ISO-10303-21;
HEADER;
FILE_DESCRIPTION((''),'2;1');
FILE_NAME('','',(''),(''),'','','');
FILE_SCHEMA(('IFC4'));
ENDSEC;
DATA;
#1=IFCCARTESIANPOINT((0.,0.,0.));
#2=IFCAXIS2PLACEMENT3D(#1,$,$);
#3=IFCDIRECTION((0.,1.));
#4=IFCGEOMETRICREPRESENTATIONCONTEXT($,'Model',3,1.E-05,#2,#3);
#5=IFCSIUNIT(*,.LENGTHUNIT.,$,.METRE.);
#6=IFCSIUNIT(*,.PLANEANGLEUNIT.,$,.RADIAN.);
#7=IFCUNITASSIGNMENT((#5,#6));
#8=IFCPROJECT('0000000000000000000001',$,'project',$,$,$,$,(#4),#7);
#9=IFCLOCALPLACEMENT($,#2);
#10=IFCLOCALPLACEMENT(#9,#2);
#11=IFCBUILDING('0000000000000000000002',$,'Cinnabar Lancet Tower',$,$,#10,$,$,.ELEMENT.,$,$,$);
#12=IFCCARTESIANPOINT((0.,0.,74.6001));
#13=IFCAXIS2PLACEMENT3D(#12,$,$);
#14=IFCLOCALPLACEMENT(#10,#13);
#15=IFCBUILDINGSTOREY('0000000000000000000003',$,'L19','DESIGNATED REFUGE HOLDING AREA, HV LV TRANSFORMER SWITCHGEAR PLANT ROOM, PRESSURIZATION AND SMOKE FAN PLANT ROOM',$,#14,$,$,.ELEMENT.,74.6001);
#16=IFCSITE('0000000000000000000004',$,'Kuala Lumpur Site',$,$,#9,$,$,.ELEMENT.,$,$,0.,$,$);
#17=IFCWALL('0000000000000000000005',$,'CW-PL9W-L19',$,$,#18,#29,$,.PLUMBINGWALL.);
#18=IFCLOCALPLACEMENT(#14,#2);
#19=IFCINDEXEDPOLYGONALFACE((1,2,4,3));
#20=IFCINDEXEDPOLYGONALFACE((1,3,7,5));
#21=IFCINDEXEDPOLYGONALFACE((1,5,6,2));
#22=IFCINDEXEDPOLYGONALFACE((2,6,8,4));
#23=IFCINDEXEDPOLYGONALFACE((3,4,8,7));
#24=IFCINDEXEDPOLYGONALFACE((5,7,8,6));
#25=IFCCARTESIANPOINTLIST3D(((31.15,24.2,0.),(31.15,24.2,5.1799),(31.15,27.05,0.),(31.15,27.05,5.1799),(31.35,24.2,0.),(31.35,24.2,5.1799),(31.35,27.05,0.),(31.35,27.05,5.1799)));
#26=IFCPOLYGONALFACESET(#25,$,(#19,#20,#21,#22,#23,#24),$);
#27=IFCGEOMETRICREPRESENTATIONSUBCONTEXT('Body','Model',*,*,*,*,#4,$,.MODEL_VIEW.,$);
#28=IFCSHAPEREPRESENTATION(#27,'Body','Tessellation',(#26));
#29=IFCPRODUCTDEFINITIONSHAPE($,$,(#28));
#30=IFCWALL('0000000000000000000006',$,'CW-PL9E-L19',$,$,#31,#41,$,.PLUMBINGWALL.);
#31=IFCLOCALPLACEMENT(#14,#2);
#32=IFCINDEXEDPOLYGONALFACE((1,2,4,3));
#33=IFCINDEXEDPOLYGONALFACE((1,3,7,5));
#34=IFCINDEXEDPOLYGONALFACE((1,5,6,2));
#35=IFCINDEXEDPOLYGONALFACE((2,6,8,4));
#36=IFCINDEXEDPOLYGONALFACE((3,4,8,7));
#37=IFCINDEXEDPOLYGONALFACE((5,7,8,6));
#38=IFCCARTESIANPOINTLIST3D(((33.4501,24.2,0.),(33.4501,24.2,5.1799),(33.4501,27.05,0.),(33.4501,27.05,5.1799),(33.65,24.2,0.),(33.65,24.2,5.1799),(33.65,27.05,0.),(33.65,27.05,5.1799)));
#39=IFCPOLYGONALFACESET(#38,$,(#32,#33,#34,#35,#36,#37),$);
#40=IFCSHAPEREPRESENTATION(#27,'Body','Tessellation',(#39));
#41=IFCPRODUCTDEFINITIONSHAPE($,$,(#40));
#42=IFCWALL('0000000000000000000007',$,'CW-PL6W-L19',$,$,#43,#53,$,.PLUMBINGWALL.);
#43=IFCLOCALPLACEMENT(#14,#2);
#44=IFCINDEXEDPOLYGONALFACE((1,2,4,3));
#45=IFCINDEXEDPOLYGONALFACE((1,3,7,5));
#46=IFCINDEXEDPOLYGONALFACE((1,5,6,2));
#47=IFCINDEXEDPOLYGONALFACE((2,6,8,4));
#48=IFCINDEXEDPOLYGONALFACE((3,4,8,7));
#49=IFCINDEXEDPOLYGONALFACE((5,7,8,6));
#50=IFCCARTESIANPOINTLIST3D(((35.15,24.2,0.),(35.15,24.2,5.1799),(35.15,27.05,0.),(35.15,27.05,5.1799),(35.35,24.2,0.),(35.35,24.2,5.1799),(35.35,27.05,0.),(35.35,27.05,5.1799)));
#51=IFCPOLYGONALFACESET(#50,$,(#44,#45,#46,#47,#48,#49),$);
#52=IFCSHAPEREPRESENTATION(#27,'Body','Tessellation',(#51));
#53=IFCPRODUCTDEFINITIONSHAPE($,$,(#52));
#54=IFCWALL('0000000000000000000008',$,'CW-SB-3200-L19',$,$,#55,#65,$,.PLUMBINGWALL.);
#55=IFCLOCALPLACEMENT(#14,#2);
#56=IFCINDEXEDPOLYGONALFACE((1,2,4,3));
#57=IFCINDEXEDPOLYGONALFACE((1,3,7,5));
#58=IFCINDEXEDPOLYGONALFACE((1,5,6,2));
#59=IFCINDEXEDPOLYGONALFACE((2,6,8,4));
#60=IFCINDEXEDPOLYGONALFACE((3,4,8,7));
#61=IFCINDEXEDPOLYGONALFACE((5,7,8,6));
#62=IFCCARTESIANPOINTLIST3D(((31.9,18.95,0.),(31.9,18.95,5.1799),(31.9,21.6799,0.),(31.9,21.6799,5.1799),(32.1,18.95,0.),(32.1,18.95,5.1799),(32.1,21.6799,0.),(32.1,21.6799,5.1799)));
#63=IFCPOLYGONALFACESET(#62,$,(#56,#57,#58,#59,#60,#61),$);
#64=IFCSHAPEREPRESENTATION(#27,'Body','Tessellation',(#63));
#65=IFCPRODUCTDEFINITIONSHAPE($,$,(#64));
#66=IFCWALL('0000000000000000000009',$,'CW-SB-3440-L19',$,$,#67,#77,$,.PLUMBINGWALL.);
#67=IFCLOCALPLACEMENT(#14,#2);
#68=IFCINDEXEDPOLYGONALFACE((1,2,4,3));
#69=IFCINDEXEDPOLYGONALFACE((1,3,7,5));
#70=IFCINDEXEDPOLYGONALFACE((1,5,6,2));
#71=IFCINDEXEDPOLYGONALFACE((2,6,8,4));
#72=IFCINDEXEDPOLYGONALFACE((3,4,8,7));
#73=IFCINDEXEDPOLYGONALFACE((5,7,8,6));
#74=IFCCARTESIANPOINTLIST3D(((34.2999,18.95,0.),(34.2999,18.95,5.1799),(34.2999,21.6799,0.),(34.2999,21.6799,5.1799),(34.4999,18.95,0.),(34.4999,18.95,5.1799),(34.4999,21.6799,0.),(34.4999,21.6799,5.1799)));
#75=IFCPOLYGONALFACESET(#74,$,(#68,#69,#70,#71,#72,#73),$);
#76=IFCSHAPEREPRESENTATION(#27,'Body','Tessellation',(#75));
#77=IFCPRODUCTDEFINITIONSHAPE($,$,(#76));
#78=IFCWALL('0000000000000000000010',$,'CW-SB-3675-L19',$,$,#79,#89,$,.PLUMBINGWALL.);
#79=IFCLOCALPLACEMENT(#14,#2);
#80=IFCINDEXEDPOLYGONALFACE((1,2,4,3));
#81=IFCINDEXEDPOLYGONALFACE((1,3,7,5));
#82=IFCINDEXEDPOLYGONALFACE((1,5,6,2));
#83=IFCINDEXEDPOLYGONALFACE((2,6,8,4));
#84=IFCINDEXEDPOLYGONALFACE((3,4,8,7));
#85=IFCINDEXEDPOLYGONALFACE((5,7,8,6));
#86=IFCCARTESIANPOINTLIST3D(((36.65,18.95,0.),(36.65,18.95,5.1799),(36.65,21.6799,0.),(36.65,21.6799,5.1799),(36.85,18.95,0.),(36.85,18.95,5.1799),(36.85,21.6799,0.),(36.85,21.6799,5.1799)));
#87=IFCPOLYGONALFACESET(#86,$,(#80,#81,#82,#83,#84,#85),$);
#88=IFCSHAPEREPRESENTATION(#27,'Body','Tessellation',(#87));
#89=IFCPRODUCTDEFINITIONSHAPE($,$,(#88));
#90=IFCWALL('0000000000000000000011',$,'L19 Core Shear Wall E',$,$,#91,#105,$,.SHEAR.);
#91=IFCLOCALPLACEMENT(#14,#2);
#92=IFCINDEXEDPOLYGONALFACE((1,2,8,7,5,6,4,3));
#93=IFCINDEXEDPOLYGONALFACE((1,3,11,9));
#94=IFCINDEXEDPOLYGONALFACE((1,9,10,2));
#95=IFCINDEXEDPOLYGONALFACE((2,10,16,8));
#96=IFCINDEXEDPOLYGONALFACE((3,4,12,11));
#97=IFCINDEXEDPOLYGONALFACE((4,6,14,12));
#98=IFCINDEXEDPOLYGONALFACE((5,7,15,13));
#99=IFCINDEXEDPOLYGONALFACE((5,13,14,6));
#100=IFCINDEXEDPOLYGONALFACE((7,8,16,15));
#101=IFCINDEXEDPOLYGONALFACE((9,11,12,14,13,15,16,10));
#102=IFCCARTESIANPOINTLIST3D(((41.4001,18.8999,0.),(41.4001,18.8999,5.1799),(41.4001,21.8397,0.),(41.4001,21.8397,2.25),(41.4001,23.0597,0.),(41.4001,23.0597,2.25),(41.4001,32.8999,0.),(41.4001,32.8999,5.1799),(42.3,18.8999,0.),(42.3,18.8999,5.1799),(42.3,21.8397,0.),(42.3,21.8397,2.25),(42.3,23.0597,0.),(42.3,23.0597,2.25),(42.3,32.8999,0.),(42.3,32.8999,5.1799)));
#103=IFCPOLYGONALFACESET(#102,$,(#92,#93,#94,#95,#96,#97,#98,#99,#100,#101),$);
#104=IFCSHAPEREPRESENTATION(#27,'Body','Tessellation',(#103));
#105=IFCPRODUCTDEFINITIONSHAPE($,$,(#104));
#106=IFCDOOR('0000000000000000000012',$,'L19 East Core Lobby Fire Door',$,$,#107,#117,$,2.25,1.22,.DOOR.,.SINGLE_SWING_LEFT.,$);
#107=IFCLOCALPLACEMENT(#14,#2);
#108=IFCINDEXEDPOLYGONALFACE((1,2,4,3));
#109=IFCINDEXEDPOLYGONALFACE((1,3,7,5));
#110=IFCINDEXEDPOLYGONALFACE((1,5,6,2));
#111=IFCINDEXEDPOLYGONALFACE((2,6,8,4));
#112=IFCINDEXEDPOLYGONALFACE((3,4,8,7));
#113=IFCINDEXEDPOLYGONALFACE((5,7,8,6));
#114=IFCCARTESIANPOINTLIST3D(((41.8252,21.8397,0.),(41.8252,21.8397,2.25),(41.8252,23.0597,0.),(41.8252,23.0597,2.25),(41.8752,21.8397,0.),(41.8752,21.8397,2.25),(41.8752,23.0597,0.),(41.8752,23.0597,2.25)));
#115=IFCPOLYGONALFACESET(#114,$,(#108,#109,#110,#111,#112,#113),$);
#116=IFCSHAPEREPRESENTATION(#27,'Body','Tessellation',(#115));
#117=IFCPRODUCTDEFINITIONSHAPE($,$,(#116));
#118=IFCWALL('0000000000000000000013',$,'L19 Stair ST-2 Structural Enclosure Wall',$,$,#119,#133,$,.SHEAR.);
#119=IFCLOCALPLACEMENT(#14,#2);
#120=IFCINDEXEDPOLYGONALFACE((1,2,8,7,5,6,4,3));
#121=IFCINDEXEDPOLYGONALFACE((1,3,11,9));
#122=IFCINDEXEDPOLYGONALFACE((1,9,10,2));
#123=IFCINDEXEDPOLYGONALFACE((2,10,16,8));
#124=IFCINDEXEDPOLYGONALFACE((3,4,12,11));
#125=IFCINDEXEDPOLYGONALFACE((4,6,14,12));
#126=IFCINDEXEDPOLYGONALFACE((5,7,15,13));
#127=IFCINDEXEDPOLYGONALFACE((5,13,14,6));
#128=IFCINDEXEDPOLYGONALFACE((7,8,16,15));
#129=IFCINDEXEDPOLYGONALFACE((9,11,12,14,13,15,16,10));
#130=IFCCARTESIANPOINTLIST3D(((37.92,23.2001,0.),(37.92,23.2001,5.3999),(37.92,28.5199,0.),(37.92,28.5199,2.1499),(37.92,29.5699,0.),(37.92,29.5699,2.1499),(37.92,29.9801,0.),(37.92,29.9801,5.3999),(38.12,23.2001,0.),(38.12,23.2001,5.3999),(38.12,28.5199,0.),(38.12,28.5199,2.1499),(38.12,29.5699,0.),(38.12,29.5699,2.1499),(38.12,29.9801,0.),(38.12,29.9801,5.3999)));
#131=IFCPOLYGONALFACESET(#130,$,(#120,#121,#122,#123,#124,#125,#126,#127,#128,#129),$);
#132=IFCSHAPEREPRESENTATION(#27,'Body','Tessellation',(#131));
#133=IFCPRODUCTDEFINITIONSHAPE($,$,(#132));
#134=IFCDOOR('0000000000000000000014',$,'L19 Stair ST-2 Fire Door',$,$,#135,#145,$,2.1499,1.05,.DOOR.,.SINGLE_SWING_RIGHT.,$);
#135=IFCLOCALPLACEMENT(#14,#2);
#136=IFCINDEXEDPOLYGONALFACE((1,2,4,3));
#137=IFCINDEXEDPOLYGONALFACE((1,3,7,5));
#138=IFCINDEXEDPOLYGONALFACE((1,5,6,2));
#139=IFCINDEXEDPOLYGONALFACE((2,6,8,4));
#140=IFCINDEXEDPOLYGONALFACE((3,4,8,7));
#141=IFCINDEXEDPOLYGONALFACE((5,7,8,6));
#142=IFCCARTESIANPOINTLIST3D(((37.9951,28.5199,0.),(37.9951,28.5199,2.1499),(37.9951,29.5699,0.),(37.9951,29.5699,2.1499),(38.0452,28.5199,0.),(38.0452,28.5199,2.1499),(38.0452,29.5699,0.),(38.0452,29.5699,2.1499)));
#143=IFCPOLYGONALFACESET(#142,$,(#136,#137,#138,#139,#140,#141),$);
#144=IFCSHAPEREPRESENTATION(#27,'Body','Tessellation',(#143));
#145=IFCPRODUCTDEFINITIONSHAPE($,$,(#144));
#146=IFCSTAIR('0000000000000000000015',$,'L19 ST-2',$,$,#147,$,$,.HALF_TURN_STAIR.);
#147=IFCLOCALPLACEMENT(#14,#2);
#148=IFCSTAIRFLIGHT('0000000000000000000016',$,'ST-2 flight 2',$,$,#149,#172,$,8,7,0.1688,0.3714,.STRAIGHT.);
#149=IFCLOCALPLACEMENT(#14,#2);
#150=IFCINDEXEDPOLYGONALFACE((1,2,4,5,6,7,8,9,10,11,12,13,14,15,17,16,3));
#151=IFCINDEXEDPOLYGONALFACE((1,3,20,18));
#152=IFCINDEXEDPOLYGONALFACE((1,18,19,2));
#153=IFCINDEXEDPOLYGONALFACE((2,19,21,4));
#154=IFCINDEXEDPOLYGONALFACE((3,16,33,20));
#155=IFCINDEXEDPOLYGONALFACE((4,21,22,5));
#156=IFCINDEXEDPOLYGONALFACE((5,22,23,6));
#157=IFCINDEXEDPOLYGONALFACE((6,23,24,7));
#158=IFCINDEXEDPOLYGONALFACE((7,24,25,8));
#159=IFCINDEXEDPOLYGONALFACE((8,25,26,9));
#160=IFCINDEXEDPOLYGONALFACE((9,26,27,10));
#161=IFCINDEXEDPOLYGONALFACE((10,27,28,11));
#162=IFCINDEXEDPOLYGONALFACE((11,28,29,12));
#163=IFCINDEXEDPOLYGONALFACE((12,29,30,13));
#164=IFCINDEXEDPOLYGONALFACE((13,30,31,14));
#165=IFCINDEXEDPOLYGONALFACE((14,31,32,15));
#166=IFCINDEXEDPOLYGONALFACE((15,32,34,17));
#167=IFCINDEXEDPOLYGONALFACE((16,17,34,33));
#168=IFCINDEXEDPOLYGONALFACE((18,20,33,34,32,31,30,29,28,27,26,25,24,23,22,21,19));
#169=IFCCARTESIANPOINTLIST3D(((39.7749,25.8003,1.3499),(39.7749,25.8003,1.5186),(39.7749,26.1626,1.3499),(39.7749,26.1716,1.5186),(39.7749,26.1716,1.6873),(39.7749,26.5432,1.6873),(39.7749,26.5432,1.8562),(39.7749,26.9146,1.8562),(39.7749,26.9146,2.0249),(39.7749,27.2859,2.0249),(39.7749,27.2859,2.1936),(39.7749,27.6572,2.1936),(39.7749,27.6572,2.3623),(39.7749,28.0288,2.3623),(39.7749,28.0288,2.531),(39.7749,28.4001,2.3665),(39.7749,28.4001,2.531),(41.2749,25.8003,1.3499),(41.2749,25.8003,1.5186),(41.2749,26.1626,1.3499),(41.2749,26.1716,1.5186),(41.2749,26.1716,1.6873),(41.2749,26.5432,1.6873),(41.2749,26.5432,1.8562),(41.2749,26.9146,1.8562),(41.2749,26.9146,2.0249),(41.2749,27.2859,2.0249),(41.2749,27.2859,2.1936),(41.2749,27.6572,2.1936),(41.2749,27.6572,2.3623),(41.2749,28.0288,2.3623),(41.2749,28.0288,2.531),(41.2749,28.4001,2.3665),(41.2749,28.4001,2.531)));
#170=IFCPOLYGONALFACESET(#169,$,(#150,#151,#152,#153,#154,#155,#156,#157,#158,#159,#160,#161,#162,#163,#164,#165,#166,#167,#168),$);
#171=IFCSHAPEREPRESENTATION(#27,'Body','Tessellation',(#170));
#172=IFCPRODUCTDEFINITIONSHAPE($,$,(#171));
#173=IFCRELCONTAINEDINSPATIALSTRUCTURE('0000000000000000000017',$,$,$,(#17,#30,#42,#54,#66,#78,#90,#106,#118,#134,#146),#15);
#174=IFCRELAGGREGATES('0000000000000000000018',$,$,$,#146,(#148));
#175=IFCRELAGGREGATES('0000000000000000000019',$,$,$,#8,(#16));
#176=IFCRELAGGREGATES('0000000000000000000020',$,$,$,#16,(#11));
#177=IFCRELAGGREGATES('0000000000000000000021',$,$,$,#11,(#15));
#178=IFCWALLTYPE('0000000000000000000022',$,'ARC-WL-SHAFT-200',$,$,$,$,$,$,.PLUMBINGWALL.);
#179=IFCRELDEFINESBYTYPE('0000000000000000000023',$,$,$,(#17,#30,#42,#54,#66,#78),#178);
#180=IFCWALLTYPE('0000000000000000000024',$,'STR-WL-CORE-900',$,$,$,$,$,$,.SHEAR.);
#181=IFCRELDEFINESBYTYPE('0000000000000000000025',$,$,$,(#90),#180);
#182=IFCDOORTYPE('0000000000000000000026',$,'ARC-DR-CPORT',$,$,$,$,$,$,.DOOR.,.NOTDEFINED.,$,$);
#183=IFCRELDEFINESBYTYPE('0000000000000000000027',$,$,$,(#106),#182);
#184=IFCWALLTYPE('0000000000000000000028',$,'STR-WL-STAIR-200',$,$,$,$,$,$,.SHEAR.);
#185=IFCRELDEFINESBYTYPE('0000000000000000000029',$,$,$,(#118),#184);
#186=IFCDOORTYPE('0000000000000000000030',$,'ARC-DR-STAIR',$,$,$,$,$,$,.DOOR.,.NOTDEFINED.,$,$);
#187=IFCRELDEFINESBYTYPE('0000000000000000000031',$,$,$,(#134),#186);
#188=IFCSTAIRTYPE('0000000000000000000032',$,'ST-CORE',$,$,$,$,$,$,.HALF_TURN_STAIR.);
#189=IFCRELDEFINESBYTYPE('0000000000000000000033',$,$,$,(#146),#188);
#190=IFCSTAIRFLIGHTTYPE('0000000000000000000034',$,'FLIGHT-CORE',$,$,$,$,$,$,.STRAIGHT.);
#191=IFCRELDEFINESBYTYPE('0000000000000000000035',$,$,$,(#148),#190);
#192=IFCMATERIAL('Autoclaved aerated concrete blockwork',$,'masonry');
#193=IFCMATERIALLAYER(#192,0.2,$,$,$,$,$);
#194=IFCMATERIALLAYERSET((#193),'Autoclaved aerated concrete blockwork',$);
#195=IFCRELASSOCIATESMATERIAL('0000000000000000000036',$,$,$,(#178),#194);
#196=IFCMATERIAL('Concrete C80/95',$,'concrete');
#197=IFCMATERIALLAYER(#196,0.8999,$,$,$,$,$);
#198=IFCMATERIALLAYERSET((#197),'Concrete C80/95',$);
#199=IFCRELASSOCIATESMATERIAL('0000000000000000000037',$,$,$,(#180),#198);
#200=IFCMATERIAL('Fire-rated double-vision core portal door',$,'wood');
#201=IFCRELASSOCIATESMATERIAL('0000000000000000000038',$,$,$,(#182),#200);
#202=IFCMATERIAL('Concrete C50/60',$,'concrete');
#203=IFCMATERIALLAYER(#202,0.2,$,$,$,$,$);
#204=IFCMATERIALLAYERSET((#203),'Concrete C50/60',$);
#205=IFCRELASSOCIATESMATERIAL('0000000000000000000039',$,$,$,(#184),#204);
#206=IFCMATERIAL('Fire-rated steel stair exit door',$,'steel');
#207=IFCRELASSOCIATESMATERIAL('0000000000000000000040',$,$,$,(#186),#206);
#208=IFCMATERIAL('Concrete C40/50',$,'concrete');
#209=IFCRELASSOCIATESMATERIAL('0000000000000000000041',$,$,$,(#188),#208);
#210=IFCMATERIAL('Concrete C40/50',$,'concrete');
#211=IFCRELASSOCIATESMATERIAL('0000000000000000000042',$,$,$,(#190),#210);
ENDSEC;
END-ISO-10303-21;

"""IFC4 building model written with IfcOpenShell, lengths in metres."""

from ifc_helpers import new_model, si_unit, direction, frame, frame_2d, origin, place, context, subcontext, project, spatial, polyline, rectangle, outline, extrude, material, layer, layer_set, type_object, element, fill, aggregate, save


model = new_model("IFC4")

# Units and contexts
model_context = context("Model", 3, precision=1e-05, world=origin(), true_north=direction((0.0, 1.0)))
body_context = subcontext(model_context, "Body", "Model", "MODEL_VIEW")
ifc_project = project(units=[si_unit("LENGTHUNIT", "METRE"), si_unit("PLANEANGLEUNIT", "RADIAN")], contexts=[model_context])

# Site, building, storey
site_placement = place(None, origin())
site = spatial("IfcSite", under=ifc_project, at=site_placement, Name="Kuala Lumpur Site", CompositionType="ELEMENT", RefElevation=0.0)
building_placement = place(site_placement, origin())
building = spatial("IfcBuilding", under=site, at=building_placement, Name="Cinnabar Lancet Tower", CompositionType="ELEMENT")
storey_placement = place(building_placement, frame((0.0, 0.0, 74.6001)))
storey = spatial("IfcBuildingStorey", under=building, at=storey_placement, Name="L19", Description="DESIGNATED REFUGE HOLDING AREA, HV LV TRANSFORMER SWITCHGEAR PLANT ROOM, PRESSURIZATION AND SMOKE FAN PLANT ROOM", CompositionType="ELEMENT", Elevation=74.6001)

# Shared definitions
ifc_material_1 = material(Name="Autoclaved aerated concrete blockwork", Category="masonry")
ifc_layer_1 = layer(ifc_material_1, 0.2)
ifc_layer_set_1 = layer_set([ifc_layer_1], Name="Autoclaved aerated concrete blockwork")
wall_type_1 = type_object("IfcWallType", Name="ARC-WL-SHAFT-200", PredefinedType="PLUMBINGWALL", material=ifc_layer_set_1)

# Walls
for number, where, z_axis, x_axis, name in (
    (1, (31.25, 24.2, 0.0), (0.0, 0.0, 1.0), (0.0, 1.0, 0.0), "CW-PL9W-L19"),
    (2, (33.55, 24.2, 0.0), (0.0, 0.0, 1.0), (0.0, 1.0, 0.0), "CW-PL9E-L19"),
    (3, (35.25, 24.2, 0.0), (0.0, 0.0, 1.0), (0.0, 1.0, 0.0), "CW-PL6W-L19"),
):
    element("IfcWall", number, at=place(storey_placement, frame(where, z_axis=z_axis, x_axis=x_axis)), inside=storey, type_object=wall_type_1, Name=name, PredefinedType="PLUMBINGWALL", context=body_context, shape_type="SweptSolid", body=[
        extrude(rectangle(XDim=2.8501, YDim=0.2, at=frame_2d((1.425, 0.0))), origin(), (0.0, 0.0, 1.0), 5.1799),
    ])
for number, where, z_axis, x_axis, name in (
    (4, (32.0, 18.95, 0.0), (0.0, 0.0, 1.0), (0.0, 1.0, 0.0), "CW-SB-3200-L19"),
    (5, (34.3999, 18.95, 0.0), (0.0, 0.0, 1.0), (0.0, 1.0, 0.0), "CW-SB-3440-L19"),
    (6, (36.75, 18.95, 0.0), (0.0, 0.0, 1.0), (0.0, 1.0, 0.0), "CW-SB-3675-L19"),
):
    element("IfcWall", number, at=place(storey_placement, frame(where, z_axis=z_axis, x_axis=x_axis)), inside=storey, type_object=wall_type_1, Name=name, PredefinedType="PLUMBINGWALL", context=body_context, shape_type="SweptSolid", body=[
        extrude(rectangle(XDim=2.73, YDim=0.2, at=frame_2d((1.365, 0.0))), origin(), (0.0, 0.0, 1.0), 5.1799),
    ])

# Walls, openings, doors
ifc_material_2 = material(Name="Concrete C80/95", Category="concrete")
ifc_layer_2 = layer(ifc_material_2, 0.8999)
ifc_layer_set_2 = layer_set([ifc_layer_2], Name="Concrete C80/95")
wall_type_2 = type_object("IfcWallType", Name="STR-WL-CORE-900", PredefinedType="SHEAR", material=ifc_layer_set_2)
wall_1_placement = place(storey_placement, frame((41.8501, 18.8999, 0.0), z_axis=(0.0, 0.0, 1.0), x_axis=(0.0, 1.0, 0.0)))
wall_1 = element("IfcWall", 7, at=wall_1_placement, inside=storey, type_object=wall_type_2, Name="L19 Core Shear Wall E", PredefinedType="SHEAR", context=body_context, shape_type="SweptSolid", body=[
    extrude(rectangle(XDim=14.0, YDim=0.8999, at=frame_2d((7.0, 0.0))), origin(), (0.0, 0.0, 1.0), 5.1799),
])
opening_1_placement = place(wall_1_placement, frame((2.9399, 0.0, 0.0)))
opening_1 = element("IfcOpeningElement", 8, at=opening_1_placement, cuts=wall_1, PredefinedType="OPENING", context=body_context, shape_type="SweptSolid", body=[
    extrude(rectangle(XDim=1.22, YDim=2.25, at=frame_2d((0.6099, 1.125))), frame((0.0, 0.46, 0.0), z_axis=(0.0, -1.0, 0.0), x_axis=(1.0, 0.0, 0.0)), (0.0, 0.0, 1.0), 0.9199),
])
ifc_material_3 = material(Name="Fire-rated double-vision core portal door", Category="wood")
door_type_1 = type_object("IfcDoorType", Name="ARC-DR-CPORT", OperationType="NOTDEFINED", PredefinedType="DOOR", material=ifc_material_3)
door_1_placement = place(opening_1_placement, origin())
door_1 = element("IfcDoor", 9, at=door_1_placement, inside=storey, type_object=door_type_1, Name="L19 East Core Lobby Fire Door", OperationType="SINGLE_SWING_LEFT", OverallHeight=2.25, OverallWidth=1.22, PredefinedType="DOOR", context=body_context, shape_type="SweptSolid", body=[
    extrude(rectangle(XDim=1.22, YDim=2.25, at=frame_2d((0.6099, 1.125))), frame((0.0, 0.0249, 0.0), z_axis=(0.0, -1.0, 0.0), x_axis=(1.0, 0.0, 0.0)), (0.0, 0.0, 1.0), 0.05),
])
fill(opening_1, door_1)
ifc_material_4 = material(Name="Concrete C50/60", Category="concrete")
ifc_layer_3 = layer(ifc_material_4, 0.2)
ifc_layer_set_3 = layer_set([ifc_layer_3], Name="Concrete C50/60")
wall_type_3 = type_object("IfcWallType", Name="STR-WL-STAIR-200", PredefinedType="SHEAR", material=ifc_layer_set_3)
wall_2_placement = place(storey_placement, frame((38.02, 23.2, 0.0), z_axis=(0.0, 0.0, 1.0), x_axis=(0.0, 1.0, 0.0)))
wall_2 = element("IfcWall", 10, at=wall_2_placement, inside=storey, type_object=wall_type_3, Name="L19 Stair ST-2 Structural Enclosure Wall", PredefinedType="SHEAR", context=body_context, shape_type="SweptSolid", body=[
    extrude(rectangle(XDim=6.78, YDim=0.2, at=frame_2d((3.3901, 0.0))), origin(), (0.0, 0.0, 1.0), 5.3999),
])
opening_2_placement = place(wall_2_placement, frame((5.3201, 0.0, 0.0)))
opening_2 = element("IfcOpeningElement", 11, at=opening_2_placement, cuts=wall_2, PredefinedType="OPENING", context=body_context, shape_type="SweptSolid", body=[
    extrude(rectangle(XDim=1.05, YDim=2.1499, at=frame_2d((0.5249, 1.075))), frame((0.0, 0.1099, 0.0), z_axis=(0.0, -1.0, 0.0), x_axis=(1.0, 0.0, 0.0)), (0.0, 0.0, 1.0), 0.22),
])
ifc_material_5 = material(Name="Fire-rated steel stair exit door", Category="steel")
door_type_2 = type_object("IfcDoorType", Name="ARC-DR-STAIR", OperationType="NOTDEFINED", PredefinedType="DOOR", material=ifc_material_5)
door_2_placement = place(opening_2_placement, origin())
door_2 = element("IfcDoor", 12, at=door_2_placement, inside=storey, type_object=door_type_2, Name="L19 Stair ST-2 Fire Door", OperationType="SINGLE_SWING_RIGHT", OverallHeight=2.1499, OverallWidth=1.05, PredefinedType="DOOR", context=body_context, shape_type="SweptSolid", body=[
    extrude(rectangle(XDim=1.05, YDim=2.1499, at=frame_2d((0.5249, 1.075))), frame((0.0, 0.0249, 0.0), z_axis=(0.0, -1.0, 0.0), x_axis=(1.0, 0.0, 0.0)), (0.0, 0.0, 1.0), 0.05),
])
fill(opening_2, door_2)

# Stair, stair flight
ifc_material_6 = material(Name="Concrete C40/50", Category="concrete")
stair_type = type_object("IfcStairType", Name="ST-CORE", PredefinedType="HALF_TURN_STAIR", material=ifc_material_6)
stair_placement = place(storey_placement, origin())
stair = element("IfcStair", 13, at=stair_placement, inside=storey, type_object=stair_type, Name="L19 ST-2", PredefinedType="HALF_TURN_STAIR")
ifc_material_7 = material(Name="Concrete C40/50", Category="concrete")
stair_flight_type = type_object("IfcStairFlightType", Name="FLIGHT-CORE", PredefinedType="STRAIGHT", material=ifc_material_7)
stair_flight_1_placement = place(storey_placement, frame((40.5249, 25.8003, 1.3499), z_axis=(0.0, 0.0, 1.0), x_axis=(0.0, 1.0, 0.0)))
stair_flight_1 = element("IfcStairFlight", 14, at=stair_flight_1_placement, type_object=stair_flight_type, Name="ST-2 flight 2", NumberOfRisers=8, NumberOfTreads=7, PredefinedType="STRAIGHT", RiserHeight=0.1688, TreadLength=0.3714, context=body_context, shape_type="SweptSolid", body=[
    extrude(outline(polyline([(0.0, 0.0), (0.0, 0.1687), (0.3713, 0.1687), (0.3713, 0.3374), (0.7429, 0.3374), (0.7429, 0.5063), (1.1143, 0.5063), (1.1143, 0.675), (1.4856, 0.675), (1.4856, 0.8438), (1.8569, 0.8438), (1.8569, 1.0125), (2.2285, 1.0125), (2.2285, 1.1812), (2.5999, 1.1812), (2.5999, 1.3501), (2.5999, 1.0166), (0.3623, 0.0), (0.0, 0.0)])), frame((0.0, 0.75, 0.0), z_axis=(0.0, -1.0, 0.0), x_axis=(1.0, 0.0, 0.0)), (0.0, 0.0, 1.0), 1.5),
])
aggregate(stair, [stair_flight_1])

save(model, "model.ifc")
